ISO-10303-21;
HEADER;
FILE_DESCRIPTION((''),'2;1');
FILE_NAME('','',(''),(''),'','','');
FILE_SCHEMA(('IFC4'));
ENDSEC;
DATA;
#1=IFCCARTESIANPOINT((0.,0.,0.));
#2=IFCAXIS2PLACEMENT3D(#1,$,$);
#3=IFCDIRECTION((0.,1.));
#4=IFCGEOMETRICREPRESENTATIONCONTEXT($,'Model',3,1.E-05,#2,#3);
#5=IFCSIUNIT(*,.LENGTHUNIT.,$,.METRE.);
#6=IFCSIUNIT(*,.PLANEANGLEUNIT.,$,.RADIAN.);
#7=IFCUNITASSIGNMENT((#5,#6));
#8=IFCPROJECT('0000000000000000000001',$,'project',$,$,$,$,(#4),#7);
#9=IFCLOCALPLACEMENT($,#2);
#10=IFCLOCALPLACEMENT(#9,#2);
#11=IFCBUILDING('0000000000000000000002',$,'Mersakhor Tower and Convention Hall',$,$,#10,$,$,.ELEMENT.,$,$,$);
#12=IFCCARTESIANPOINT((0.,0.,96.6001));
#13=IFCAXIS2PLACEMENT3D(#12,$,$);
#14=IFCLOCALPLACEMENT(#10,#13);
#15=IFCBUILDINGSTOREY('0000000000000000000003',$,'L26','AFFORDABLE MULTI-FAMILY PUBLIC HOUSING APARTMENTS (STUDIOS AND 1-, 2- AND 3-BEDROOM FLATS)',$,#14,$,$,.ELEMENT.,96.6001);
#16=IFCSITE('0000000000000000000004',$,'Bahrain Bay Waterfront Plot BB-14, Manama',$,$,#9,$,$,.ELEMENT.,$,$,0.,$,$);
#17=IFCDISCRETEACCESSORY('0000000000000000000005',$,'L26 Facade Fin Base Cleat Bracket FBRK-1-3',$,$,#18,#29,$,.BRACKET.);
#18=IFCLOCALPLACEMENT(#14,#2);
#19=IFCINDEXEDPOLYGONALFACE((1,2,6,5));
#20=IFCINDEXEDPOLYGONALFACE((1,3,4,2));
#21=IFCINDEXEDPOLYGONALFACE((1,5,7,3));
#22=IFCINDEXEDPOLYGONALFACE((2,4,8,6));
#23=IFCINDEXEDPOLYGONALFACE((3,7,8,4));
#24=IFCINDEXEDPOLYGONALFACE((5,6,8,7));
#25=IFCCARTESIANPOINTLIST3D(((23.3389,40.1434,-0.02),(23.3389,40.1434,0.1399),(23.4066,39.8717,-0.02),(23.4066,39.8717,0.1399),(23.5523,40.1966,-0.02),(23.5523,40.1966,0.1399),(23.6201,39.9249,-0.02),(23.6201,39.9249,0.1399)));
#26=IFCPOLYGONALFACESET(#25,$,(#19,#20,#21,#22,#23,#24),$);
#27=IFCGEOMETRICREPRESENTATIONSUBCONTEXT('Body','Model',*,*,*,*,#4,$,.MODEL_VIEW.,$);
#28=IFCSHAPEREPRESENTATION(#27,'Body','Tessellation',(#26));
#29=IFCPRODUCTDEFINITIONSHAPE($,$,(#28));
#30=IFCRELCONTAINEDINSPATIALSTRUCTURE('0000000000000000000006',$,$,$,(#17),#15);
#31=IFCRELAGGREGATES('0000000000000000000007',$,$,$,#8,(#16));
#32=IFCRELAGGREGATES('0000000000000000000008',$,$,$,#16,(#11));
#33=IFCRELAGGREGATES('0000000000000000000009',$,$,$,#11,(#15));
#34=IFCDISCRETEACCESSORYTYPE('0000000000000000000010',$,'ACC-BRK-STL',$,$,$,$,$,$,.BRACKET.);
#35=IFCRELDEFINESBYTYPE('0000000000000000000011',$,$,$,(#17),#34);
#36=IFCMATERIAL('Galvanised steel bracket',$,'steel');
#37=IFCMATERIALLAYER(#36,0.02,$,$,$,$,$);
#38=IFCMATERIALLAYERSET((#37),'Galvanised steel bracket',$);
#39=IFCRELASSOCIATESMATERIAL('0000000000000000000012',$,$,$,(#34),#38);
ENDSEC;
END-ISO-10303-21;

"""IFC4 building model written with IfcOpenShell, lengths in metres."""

from ifc_helpers import new_model, si_unit, direction, frame, origin, origin_2d, place, context, subcontext, project, spatial, rectangle, extrude, material, layer, layer_set, type_object, element, save


model = new_model("IFC4")

# Units and contexts
model_context = context("Model", 3, precision=1e-05, world=origin(), true_north=direction((0.0, 1.0)))
body_context = subcontext(model_context, "Body", "Model", "MODEL_VIEW")
ifc_project = project(units=[si_unit("LENGTHUNIT", "METRE"), si_unit("PLANEANGLEUNIT", "RADIAN")], contexts=[model_context])

# Site, building, storey
site_placement = place(None, origin())
site = spatial("IfcSite", under=ifc_project, at=site_placement, Name="Bahrain Bay Waterfront Plot BB-14, Manama", CompositionType="ELEMENT", RefElevation=0.0)
building_placement = place(site_placement, origin())
building = spatial("IfcBuilding", under=site, at=building_placement, Name="Mersakhor Tower and Convention Hall", CompositionType="ELEMENT")
storey_placement = place(building_placement, frame((0.0, 0.0, 96.6001)))
storey = spatial("IfcBuildingStorey", under=building, at=storey_placement, Name="L26", Description="AFFORDABLE MULTI-FAMILY PUBLIC HOUSING APARTMENTS (STUDIOS AND 1-, 2- AND 3-BEDROOM FLATS)", CompositionType="ELEMENT", Elevation=96.6001)

# Discrete accessory
ifc_material_1 = material(Name="Galvanised steel bracket", Category="steel")
ifc_layer_1 = layer(ifc_material_1, 0.02)
ifc_layer_set_1 = layer_set([ifc_layer_1], Name="Galvanised steel bracket")
discrete_accessory_type = type_object("IfcDiscreteAccessoryType", Name="ACC-BRK-STL", PredefinedType="BRACKET", material=ifc_layer_set_1)
discrete_accessory_1_placement = place(storey_placement, frame((23.4795, 40.0342, -0.02), z_axis=(0.0, 0.0, 1.0), x_axis=(-0.241922, 0.970296, 0.0)))
element("IfcDiscreteAccessory", 1, at=discrete_accessory_1_placement, inside=storey, type_object=discrete_accessory_type, Name="L26 Facade Fin Base Cleat Bracket FBRK-1-3", PredefinedType="BRACKET", context=body_context, shape_type="SweptSolid", body=[
    extrude(rectangle(XDim=0.28, YDim=0.22, at=origin_2d()), origin(), (0.0, 0.0, 1.0), 0.1599),
])

save(model, "model.ifc")
